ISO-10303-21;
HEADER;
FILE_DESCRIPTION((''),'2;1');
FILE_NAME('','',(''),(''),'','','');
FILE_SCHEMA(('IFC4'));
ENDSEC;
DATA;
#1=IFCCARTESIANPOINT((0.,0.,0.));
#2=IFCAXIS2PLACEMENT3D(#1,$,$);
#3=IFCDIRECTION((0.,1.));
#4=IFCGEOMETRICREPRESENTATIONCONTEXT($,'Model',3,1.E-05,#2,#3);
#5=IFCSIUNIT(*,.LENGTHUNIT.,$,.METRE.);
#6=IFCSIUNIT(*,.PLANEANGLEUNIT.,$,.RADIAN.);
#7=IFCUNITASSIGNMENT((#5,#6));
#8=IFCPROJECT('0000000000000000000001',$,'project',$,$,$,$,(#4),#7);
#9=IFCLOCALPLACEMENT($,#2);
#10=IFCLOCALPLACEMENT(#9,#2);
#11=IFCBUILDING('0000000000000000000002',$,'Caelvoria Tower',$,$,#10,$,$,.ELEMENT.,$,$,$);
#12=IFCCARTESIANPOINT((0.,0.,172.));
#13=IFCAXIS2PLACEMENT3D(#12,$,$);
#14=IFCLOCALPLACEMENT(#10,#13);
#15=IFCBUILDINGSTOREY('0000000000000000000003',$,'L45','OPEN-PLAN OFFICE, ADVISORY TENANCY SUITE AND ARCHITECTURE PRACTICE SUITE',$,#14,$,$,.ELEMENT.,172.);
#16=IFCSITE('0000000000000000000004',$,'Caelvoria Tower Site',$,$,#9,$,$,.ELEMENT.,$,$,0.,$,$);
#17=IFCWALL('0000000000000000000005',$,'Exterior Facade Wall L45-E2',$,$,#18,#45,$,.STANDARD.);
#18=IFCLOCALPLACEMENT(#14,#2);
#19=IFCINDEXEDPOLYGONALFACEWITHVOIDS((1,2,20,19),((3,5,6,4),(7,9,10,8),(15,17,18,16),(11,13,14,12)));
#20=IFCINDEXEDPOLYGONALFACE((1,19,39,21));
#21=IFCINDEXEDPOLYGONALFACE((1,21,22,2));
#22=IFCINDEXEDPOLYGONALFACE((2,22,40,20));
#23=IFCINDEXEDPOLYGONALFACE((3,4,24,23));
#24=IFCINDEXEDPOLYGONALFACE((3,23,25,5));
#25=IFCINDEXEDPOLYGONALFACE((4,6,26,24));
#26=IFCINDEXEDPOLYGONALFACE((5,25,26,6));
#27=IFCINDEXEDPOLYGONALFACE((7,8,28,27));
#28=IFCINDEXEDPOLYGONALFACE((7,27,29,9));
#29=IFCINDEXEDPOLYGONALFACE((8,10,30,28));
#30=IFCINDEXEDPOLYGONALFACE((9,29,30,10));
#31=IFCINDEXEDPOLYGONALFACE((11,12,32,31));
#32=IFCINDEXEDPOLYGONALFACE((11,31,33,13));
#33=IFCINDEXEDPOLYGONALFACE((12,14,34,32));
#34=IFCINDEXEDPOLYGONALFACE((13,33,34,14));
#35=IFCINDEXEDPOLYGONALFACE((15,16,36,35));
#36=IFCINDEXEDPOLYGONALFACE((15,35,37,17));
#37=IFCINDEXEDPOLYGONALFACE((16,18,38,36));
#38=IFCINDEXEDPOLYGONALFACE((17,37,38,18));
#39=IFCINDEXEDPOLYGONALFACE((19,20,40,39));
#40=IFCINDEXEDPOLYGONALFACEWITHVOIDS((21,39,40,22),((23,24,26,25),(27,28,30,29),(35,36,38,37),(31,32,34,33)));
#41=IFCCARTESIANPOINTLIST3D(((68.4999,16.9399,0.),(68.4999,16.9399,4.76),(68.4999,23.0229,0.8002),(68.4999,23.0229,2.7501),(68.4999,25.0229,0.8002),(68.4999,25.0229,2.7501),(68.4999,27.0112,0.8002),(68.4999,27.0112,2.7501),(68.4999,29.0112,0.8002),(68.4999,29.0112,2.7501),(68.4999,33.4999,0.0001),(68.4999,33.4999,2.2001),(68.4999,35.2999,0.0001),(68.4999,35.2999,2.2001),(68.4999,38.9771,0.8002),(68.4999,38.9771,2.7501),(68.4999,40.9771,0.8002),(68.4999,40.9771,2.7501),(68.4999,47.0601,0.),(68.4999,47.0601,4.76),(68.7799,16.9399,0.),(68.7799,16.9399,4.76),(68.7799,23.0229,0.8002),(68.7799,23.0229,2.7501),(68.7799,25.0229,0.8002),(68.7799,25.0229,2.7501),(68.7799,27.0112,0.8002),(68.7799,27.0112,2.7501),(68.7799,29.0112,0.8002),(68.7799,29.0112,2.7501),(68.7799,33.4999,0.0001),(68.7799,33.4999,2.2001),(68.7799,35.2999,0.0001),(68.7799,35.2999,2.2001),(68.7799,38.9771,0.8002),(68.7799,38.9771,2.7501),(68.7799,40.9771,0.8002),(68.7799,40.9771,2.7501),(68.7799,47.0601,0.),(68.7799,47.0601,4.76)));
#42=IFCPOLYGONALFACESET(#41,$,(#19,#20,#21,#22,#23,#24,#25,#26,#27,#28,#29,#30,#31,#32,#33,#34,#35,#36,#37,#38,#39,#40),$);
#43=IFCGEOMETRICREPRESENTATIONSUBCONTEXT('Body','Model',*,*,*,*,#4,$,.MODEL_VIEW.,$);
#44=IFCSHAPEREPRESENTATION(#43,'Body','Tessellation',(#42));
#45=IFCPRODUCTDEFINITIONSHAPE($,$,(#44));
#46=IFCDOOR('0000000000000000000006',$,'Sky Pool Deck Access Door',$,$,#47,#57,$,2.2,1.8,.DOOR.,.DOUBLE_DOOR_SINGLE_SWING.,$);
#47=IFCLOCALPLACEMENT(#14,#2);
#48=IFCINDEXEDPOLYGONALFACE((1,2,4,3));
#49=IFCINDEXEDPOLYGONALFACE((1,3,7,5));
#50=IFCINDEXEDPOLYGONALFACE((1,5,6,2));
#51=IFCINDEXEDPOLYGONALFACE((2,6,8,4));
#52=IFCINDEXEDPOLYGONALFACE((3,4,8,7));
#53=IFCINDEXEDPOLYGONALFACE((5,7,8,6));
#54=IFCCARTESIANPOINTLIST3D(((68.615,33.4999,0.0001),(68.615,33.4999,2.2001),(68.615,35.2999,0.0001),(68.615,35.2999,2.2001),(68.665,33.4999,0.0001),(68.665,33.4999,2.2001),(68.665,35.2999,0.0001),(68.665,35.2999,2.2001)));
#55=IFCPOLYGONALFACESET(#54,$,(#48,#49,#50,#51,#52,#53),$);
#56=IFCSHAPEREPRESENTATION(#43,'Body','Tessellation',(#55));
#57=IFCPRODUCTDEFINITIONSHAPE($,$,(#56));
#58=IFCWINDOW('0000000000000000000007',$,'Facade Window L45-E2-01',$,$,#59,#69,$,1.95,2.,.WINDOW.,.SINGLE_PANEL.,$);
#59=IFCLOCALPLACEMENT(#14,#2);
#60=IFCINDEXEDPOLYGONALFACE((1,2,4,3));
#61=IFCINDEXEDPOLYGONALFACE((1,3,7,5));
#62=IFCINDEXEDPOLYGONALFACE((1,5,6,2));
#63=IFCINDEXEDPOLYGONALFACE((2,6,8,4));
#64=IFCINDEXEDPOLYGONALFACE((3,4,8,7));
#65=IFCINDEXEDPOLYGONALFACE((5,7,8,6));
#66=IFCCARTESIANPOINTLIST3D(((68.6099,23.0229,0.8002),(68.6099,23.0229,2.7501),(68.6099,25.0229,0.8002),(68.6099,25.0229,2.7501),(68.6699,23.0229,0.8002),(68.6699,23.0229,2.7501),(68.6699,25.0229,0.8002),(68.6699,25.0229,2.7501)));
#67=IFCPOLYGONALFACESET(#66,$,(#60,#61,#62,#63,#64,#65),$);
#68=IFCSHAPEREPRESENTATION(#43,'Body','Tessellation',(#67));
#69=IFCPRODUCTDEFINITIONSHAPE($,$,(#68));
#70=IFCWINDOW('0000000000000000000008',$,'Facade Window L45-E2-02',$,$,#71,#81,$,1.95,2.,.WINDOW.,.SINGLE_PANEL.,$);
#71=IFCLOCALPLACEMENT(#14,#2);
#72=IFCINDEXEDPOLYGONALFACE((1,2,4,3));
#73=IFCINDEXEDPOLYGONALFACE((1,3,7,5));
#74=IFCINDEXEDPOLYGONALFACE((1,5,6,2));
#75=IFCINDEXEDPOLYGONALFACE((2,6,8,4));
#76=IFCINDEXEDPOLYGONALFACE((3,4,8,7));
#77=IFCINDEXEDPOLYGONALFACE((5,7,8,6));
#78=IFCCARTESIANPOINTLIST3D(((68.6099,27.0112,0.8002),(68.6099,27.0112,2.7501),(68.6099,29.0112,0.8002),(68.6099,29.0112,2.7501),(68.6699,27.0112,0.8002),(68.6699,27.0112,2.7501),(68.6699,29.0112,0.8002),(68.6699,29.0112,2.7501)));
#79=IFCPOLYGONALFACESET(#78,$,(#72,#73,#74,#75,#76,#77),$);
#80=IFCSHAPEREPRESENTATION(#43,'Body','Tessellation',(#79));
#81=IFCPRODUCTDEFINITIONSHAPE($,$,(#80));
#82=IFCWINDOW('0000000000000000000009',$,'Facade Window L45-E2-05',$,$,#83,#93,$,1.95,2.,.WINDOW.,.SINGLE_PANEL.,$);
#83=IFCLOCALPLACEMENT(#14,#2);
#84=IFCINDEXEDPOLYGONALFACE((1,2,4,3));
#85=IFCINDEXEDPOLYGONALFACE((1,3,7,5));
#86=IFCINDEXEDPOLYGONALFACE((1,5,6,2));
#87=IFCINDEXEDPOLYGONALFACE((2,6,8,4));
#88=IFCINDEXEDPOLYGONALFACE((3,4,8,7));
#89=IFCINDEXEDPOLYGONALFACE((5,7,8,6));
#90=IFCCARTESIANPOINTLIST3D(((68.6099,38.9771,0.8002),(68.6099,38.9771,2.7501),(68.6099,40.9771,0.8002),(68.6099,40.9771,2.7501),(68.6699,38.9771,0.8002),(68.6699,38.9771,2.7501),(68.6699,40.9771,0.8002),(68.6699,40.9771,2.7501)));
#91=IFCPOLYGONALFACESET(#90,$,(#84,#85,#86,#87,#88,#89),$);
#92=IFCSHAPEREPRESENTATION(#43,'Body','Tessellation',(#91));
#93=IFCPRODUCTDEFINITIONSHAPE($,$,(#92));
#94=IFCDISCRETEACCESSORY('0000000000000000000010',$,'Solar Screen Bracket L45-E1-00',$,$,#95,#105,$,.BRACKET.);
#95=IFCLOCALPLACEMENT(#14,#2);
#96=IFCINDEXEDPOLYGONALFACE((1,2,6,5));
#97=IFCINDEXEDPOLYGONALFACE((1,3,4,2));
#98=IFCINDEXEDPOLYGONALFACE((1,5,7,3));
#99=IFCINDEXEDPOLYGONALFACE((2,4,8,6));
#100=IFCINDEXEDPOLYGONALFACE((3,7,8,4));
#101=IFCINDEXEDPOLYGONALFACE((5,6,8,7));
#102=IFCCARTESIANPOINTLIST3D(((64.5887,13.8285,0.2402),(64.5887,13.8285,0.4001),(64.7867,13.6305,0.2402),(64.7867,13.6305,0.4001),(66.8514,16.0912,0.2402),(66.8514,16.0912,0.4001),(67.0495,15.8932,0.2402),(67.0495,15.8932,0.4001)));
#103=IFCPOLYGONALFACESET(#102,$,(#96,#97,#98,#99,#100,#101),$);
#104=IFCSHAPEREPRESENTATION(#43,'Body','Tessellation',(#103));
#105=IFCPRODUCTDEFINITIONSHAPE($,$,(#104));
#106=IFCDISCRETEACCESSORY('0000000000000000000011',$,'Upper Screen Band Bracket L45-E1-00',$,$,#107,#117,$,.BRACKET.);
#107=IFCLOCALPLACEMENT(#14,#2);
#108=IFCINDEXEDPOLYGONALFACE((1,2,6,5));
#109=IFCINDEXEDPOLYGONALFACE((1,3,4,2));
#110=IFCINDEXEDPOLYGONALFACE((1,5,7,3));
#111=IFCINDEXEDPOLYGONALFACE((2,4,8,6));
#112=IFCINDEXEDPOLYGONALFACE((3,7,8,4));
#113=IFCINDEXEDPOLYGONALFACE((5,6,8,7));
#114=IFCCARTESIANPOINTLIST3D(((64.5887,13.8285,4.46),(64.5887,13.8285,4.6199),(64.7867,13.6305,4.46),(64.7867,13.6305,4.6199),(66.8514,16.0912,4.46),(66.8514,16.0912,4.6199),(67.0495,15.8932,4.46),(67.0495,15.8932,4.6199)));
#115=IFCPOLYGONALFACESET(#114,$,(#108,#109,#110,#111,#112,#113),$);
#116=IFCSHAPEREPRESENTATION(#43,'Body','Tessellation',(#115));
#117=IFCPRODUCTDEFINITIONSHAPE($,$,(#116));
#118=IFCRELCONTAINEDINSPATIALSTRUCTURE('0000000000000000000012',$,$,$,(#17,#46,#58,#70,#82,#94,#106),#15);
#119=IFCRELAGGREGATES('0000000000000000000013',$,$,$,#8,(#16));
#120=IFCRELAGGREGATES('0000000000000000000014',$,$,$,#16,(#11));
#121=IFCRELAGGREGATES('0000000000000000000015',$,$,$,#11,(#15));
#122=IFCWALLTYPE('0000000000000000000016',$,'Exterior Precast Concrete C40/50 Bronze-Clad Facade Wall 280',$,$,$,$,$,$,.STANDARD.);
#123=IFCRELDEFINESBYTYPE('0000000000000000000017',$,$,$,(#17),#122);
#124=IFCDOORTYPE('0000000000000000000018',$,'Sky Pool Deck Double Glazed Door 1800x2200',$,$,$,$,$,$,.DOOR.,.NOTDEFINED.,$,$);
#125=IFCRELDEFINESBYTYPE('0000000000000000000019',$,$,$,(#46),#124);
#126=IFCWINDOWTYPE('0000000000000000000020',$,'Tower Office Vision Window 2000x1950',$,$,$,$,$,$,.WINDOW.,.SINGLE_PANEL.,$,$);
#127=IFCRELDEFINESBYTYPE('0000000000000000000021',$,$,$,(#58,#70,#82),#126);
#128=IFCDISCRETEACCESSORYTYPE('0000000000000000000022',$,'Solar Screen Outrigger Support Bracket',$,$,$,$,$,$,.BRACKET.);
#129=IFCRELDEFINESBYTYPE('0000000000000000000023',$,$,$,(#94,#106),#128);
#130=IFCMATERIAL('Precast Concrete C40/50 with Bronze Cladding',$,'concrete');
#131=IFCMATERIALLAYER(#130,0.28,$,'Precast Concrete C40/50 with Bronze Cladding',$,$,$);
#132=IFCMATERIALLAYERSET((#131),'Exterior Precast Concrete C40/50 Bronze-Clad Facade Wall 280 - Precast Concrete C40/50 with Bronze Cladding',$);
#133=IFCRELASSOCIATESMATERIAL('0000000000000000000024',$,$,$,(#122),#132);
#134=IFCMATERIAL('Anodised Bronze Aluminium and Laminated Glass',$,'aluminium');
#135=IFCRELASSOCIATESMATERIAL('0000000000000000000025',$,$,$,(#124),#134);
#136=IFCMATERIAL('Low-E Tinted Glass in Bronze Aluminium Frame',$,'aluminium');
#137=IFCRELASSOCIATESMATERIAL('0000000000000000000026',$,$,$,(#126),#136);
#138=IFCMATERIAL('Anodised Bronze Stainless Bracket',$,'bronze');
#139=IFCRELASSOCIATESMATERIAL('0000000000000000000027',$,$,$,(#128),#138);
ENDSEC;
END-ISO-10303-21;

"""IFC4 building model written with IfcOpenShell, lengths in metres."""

from ifc_helpers import new_model, si_unit, direction, frame, frame_2d, origin, origin_2d, place, context, subcontext, project, spatial, rectangle, extrude, material, layer, layer_set, type_object, element, fill, save


model = new_model("IFC4")

# Units and contexts
model_context = context("Model", 3, precision=1e-05, world=origin(), true_north=direction((0.0, 1.0)))
body_context = subcontext(model_context, "Body", "Model", "MODEL_VIEW")
ifc_project = project(units=[si_unit("LENGTHUNIT", "METRE"), si_unit("PLANEANGLEUNIT", "RADIAN")], contexts=[model_context])

# Site, building, storey
site_placement = place(None, origin())
site = spatial("IfcSite", under=ifc_project, at=site_placement, Name="Caelvoria Tower Site", CompositionType="ELEMENT", RefElevation=0.0)
building_placement = place(site_placement, origin())
building = spatial("IfcBuilding", under=site, at=building_placement, Name="Caelvoria Tower", CompositionType="ELEMENT")
storey_placement = place(building_placement, frame((0.0, 0.0, 172.0)))
storey = spatial("IfcBuildingStorey", under=building, at=storey_placement, Name="L45", Description="OPEN-PLAN OFFICE, ADVISORY TENANCY SUITE AND ARCHITECTURE PRACTICE SUITE", CompositionType="ELEMENT", Elevation=172.0)

# Wall, openings, door, windows
ifc_material_1 = material(Name="Precast Concrete C40/50 with Bronze Cladding", Category="concrete")
ifc_layer_1 = layer(ifc_material_1, 0.28, Name="Precast Concrete C40/50 with Bronze Cladding")
ifc_layer_set_1 = layer_set([ifc_layer_1], Name="Exterior Precast Concrete C40/50 Bronze-Clad Facade Wall 280 - Precast Concrete C40/50 with Bronze Cladding")
wall_type = type_object("IfcWallType", Name="Exterior Precast Concrete C40/50 Bronze-Clad Facade Wall 280", PredefinedType="STANDARD", material=ifc_layer_set_1)
wall_placement = place(storey_placement, frame((68.6399, 16.9399, 0.0), z_axis=(0.0, 0.0, 1.0), x_axis=(0.0, 1.0, 0.0)))
wall = element("IfcWall", 1, at=wall_placement, inside=storey, type_object=wall_type, Name="Exterior Facade Wall L45-E2", PredefinedType="STANDARD", context=body_context, shape_type="SweptSolid", body=[
    extrude(rectangle(XDim=30.1201, YDim=0.28, at=frame_2d((15.0601, 0.0))), origin(), (0.0, 0.0, 1.0), 4.76),
])
opening_1_placement = place(wall_placement, frame((16.5601, 0.0, 0.0)))
opening_1 = element("IfcOpeningElement", 2, at=opening_1_placement, cuts=wall, PredefinedType="OPENING", context=body_context, shape_type="SweptSolid", body=[
    extrude(rectangle(XDim=1.8, YDim=2.2, at=frame_2d((0.8999, 1.1001))), frame((0.0, 0.1499, 0.0), z_axis=(0.0, -1.0, 0.0), x_axis=(1.0, 0.0, 0.0)), (0.0, 0.0, 1.0), 0.3),
])
opening_2_placement = place(wall_placement, frame((6.083, 0.0, 0.8)))
opening_2 = element("IfcOpeningElement", 3, at=opening_2_placement, cuts=wall, PredefinedType="OPENING", context=body_context, shape_type="SweptSolid", body=[
    extrude(rectangle(XDim=2.0, YDim=1.95, at=frame_2d((1.0, 0.9751))), frame((0.0, 0.1499, 0.0), z_axis=(0.0, -1.0, 0.0), x_axis=(1.0, 0.0, 0.0)), (0.0, 0.0, 1.0), 0.3),
])
opening_3_placement = place(wall_placement, frame((10.0713, 0.0, 0.8)))
opening_3 = element("IfcOpeningElement", 4, at=opening_3_placement, cuts=wall, PredefinedType="OPENING", context=body_context, shape_type="SweptSolid", body=[
    extrude(rectangle(XDim=2.0, YDim=1.95, at=frame_2d((1.0, 0.9751))), frame((0.0, 0.1499, 0.0), z_axis=(0.0, -1.0, 0.0), x_axis=(1.0, 0.0, 0.0)), (0.0, 0.0, 1.0), 0.3),
])
opening_4_placement = place(wall_placement, frame((22.0371, 0.0, 0.8)))
opening_4 = element("IfcOpeningElement", 5, at=opening_4_placement, cuts=wall, PredefinedType="OPENING", context=body_context, shape_type="SweptSolid", body=[
    extrude(rectangle(XDim=2.0, YDim=1.95, at=frame_2d((1.0, 0.9751))), frame((0.0, 0.1499, 0.0), z_axis=(0.0, -1.0, 0.0), x_axis=(1.0, 0.0, 0.0)), (0.0, 0.0, 1.0), 0.3),
])
ifc_material_2 = material(Name="Anodised Bronze Aluminium and Laminated Glass", Category="aluminium")
door_type = type_object("IfcDoorType", Name="Sky Pool Deck Double Glazed Door 1800x2200", OperationType="NOTDEFINED", PredefinedType="DOOR", material=ifc_material_2)
door_placement = place(opening_1_placement, origin())
door = element("IfcDoor", 6, at=door_placement, inside=storey, type_object=door_type, Name="Sky Pool Deck Access Door", OperationType="DOUBLE_DOOR_SINGLE_SWING", OverallHeight=2.2, OverallWidth=1.8, PredefinedType="DOOR", context=body_context, shape_type="SweptSolid", body=[
    extrude(rectangle(XDim=1.8, YDim=2.2, at=frame_2d((0.8999, 1.1001))), frame((0.0, 0.0249, 0.0), z_axis=(0.0, -1.0, 0.0), x_axis=(1.0, 0.0, 0.0)), (0.0, 0.0, 1.0), 0.05),
])
fill(opening_1, door)
ifc_material_3 = material(Name="Low-E Tinted Glass in Bronze Aluminium Frame", Category="aluminium")
window_type = type_object("IfcWindowType", Name="Tower Office Vision Window 2000x1950", PartitioningType="SINGLE_PANEL", PredefinedType="WINDOW", material=ifc_material_3)
window_1_placement = place(opening_2_placement, origin())
window_1 = element("IfcWindow", 7, at=window_1_placement, inside=storey, type_object=window_type, Name="Facade Window L45-E2-01", OverallHeight=1.95, OverallWidth=2.0, PartitioningType="SINGLE_PANEL", PredefinedType="WINDOW", context=body_context, shape_type="SweptSolid", body=[
    extrude(rectangle(XDim=2.0, YDim=1.95, at=frame_2d((1.0, 0.9751))), frame((0.0, 0.03, 0.0), z_axis=(0.0, -1.0, 0.0), x_axis=(1.0, 0.0, 0.0)), (0.0, 0.0, 1.0), 0.0601),
])
fill(opening_2, window_1)
window_2_placement = place(opening_3_placement, origin())
window_2 = element("IfcWindow", 8, at=window_2_placement, inside=storey, type_object=window_type, Name="Facade Window L45-E2-02", OverallHeight=1.95, OverallWidth=2.0, PartitioningType="SINGLE_PANEL", PredefinedType="WINDOW", context=body_context, shape_type="SweptSolid", body=[
    extrude(rectangle(XDim=2.0, YDim=1.95, at=frame_2d((1.0, 0.9751))), frame((0.0, 0.03, 0.0), z_axis=(0.0, -1.0, 0.0), x_axis=(1.0, 0.0, 0.0)), (0.0, 0.0, 1.0), 0.0601),
])
fill(opening_3, window_2)
window_3_placement = place(opening_4_placement, origin())
window_3 = element("IfcWindow", 9, at=window_3_placement, inside=storey, type_object=window_type, Name="Facade Window L45-E2-05", OverallHeight=1.95, OverallWidth=2.0, PartitioningType="SINGLE_PANEL", PredefinedType="WINDOW", context=body_context, shape_type="SweptSolid", body=[
    extrude(rectangle(XDim=2.0, YDim=1.95, at=frame_2d((1.0, 0.9751))), frame((0.0, 0.03, 0.0), z_axis=(0.0, -1.0, 0.0), x_axis=(1.0, 0.0, 0.0)), (0.0, 0.0, 1.0), 0.0601),
])
fill(opening_4, window_3)

# Discrete accessories
ifc_material_4 = material(Name="Anodised Bronze Stainless Bracket", Category="bronze")
discrete_accessory_type = type_object("IfcDiscreteAccessoryType", Name="Solar Screen Outrigger Support Bracket", PredefinedType="BRACKET", material=ifc_material_4)
for number, where, z_axis, x_axis, name in (
    (10, (65.8191, 14.8608, 0.2402), (0.0, 0.0, 1.0), (0.707107, 0.707107, 0.0), "Solar Screen Bracket L45-E1-00"),
    (11, (65.8191, 14.8608, 4.46), (0.0, 0.0, 1.0), (0.707107, 0.707107, 0.0), "Upper Screen Band Bracket L45-E1-00"),
):
    element("IfcDiscreteAccessory", number, at=place(storey_placement, frame(where, z_axis=z_axis, x_axis=x_axis)), inside=storey, type_object=discrete_accessory_type, Name=name, PredefinedType="BRACKET", context=body_context, shape_type="SweptSolid", body=[
        extrude(rectangle(XDim=3.2, YDim=0.28, at=origin_2d()), origin(), (0.0, 0.0, 1.0), 0.1599),
    ])

save(model, "model.ifc")
